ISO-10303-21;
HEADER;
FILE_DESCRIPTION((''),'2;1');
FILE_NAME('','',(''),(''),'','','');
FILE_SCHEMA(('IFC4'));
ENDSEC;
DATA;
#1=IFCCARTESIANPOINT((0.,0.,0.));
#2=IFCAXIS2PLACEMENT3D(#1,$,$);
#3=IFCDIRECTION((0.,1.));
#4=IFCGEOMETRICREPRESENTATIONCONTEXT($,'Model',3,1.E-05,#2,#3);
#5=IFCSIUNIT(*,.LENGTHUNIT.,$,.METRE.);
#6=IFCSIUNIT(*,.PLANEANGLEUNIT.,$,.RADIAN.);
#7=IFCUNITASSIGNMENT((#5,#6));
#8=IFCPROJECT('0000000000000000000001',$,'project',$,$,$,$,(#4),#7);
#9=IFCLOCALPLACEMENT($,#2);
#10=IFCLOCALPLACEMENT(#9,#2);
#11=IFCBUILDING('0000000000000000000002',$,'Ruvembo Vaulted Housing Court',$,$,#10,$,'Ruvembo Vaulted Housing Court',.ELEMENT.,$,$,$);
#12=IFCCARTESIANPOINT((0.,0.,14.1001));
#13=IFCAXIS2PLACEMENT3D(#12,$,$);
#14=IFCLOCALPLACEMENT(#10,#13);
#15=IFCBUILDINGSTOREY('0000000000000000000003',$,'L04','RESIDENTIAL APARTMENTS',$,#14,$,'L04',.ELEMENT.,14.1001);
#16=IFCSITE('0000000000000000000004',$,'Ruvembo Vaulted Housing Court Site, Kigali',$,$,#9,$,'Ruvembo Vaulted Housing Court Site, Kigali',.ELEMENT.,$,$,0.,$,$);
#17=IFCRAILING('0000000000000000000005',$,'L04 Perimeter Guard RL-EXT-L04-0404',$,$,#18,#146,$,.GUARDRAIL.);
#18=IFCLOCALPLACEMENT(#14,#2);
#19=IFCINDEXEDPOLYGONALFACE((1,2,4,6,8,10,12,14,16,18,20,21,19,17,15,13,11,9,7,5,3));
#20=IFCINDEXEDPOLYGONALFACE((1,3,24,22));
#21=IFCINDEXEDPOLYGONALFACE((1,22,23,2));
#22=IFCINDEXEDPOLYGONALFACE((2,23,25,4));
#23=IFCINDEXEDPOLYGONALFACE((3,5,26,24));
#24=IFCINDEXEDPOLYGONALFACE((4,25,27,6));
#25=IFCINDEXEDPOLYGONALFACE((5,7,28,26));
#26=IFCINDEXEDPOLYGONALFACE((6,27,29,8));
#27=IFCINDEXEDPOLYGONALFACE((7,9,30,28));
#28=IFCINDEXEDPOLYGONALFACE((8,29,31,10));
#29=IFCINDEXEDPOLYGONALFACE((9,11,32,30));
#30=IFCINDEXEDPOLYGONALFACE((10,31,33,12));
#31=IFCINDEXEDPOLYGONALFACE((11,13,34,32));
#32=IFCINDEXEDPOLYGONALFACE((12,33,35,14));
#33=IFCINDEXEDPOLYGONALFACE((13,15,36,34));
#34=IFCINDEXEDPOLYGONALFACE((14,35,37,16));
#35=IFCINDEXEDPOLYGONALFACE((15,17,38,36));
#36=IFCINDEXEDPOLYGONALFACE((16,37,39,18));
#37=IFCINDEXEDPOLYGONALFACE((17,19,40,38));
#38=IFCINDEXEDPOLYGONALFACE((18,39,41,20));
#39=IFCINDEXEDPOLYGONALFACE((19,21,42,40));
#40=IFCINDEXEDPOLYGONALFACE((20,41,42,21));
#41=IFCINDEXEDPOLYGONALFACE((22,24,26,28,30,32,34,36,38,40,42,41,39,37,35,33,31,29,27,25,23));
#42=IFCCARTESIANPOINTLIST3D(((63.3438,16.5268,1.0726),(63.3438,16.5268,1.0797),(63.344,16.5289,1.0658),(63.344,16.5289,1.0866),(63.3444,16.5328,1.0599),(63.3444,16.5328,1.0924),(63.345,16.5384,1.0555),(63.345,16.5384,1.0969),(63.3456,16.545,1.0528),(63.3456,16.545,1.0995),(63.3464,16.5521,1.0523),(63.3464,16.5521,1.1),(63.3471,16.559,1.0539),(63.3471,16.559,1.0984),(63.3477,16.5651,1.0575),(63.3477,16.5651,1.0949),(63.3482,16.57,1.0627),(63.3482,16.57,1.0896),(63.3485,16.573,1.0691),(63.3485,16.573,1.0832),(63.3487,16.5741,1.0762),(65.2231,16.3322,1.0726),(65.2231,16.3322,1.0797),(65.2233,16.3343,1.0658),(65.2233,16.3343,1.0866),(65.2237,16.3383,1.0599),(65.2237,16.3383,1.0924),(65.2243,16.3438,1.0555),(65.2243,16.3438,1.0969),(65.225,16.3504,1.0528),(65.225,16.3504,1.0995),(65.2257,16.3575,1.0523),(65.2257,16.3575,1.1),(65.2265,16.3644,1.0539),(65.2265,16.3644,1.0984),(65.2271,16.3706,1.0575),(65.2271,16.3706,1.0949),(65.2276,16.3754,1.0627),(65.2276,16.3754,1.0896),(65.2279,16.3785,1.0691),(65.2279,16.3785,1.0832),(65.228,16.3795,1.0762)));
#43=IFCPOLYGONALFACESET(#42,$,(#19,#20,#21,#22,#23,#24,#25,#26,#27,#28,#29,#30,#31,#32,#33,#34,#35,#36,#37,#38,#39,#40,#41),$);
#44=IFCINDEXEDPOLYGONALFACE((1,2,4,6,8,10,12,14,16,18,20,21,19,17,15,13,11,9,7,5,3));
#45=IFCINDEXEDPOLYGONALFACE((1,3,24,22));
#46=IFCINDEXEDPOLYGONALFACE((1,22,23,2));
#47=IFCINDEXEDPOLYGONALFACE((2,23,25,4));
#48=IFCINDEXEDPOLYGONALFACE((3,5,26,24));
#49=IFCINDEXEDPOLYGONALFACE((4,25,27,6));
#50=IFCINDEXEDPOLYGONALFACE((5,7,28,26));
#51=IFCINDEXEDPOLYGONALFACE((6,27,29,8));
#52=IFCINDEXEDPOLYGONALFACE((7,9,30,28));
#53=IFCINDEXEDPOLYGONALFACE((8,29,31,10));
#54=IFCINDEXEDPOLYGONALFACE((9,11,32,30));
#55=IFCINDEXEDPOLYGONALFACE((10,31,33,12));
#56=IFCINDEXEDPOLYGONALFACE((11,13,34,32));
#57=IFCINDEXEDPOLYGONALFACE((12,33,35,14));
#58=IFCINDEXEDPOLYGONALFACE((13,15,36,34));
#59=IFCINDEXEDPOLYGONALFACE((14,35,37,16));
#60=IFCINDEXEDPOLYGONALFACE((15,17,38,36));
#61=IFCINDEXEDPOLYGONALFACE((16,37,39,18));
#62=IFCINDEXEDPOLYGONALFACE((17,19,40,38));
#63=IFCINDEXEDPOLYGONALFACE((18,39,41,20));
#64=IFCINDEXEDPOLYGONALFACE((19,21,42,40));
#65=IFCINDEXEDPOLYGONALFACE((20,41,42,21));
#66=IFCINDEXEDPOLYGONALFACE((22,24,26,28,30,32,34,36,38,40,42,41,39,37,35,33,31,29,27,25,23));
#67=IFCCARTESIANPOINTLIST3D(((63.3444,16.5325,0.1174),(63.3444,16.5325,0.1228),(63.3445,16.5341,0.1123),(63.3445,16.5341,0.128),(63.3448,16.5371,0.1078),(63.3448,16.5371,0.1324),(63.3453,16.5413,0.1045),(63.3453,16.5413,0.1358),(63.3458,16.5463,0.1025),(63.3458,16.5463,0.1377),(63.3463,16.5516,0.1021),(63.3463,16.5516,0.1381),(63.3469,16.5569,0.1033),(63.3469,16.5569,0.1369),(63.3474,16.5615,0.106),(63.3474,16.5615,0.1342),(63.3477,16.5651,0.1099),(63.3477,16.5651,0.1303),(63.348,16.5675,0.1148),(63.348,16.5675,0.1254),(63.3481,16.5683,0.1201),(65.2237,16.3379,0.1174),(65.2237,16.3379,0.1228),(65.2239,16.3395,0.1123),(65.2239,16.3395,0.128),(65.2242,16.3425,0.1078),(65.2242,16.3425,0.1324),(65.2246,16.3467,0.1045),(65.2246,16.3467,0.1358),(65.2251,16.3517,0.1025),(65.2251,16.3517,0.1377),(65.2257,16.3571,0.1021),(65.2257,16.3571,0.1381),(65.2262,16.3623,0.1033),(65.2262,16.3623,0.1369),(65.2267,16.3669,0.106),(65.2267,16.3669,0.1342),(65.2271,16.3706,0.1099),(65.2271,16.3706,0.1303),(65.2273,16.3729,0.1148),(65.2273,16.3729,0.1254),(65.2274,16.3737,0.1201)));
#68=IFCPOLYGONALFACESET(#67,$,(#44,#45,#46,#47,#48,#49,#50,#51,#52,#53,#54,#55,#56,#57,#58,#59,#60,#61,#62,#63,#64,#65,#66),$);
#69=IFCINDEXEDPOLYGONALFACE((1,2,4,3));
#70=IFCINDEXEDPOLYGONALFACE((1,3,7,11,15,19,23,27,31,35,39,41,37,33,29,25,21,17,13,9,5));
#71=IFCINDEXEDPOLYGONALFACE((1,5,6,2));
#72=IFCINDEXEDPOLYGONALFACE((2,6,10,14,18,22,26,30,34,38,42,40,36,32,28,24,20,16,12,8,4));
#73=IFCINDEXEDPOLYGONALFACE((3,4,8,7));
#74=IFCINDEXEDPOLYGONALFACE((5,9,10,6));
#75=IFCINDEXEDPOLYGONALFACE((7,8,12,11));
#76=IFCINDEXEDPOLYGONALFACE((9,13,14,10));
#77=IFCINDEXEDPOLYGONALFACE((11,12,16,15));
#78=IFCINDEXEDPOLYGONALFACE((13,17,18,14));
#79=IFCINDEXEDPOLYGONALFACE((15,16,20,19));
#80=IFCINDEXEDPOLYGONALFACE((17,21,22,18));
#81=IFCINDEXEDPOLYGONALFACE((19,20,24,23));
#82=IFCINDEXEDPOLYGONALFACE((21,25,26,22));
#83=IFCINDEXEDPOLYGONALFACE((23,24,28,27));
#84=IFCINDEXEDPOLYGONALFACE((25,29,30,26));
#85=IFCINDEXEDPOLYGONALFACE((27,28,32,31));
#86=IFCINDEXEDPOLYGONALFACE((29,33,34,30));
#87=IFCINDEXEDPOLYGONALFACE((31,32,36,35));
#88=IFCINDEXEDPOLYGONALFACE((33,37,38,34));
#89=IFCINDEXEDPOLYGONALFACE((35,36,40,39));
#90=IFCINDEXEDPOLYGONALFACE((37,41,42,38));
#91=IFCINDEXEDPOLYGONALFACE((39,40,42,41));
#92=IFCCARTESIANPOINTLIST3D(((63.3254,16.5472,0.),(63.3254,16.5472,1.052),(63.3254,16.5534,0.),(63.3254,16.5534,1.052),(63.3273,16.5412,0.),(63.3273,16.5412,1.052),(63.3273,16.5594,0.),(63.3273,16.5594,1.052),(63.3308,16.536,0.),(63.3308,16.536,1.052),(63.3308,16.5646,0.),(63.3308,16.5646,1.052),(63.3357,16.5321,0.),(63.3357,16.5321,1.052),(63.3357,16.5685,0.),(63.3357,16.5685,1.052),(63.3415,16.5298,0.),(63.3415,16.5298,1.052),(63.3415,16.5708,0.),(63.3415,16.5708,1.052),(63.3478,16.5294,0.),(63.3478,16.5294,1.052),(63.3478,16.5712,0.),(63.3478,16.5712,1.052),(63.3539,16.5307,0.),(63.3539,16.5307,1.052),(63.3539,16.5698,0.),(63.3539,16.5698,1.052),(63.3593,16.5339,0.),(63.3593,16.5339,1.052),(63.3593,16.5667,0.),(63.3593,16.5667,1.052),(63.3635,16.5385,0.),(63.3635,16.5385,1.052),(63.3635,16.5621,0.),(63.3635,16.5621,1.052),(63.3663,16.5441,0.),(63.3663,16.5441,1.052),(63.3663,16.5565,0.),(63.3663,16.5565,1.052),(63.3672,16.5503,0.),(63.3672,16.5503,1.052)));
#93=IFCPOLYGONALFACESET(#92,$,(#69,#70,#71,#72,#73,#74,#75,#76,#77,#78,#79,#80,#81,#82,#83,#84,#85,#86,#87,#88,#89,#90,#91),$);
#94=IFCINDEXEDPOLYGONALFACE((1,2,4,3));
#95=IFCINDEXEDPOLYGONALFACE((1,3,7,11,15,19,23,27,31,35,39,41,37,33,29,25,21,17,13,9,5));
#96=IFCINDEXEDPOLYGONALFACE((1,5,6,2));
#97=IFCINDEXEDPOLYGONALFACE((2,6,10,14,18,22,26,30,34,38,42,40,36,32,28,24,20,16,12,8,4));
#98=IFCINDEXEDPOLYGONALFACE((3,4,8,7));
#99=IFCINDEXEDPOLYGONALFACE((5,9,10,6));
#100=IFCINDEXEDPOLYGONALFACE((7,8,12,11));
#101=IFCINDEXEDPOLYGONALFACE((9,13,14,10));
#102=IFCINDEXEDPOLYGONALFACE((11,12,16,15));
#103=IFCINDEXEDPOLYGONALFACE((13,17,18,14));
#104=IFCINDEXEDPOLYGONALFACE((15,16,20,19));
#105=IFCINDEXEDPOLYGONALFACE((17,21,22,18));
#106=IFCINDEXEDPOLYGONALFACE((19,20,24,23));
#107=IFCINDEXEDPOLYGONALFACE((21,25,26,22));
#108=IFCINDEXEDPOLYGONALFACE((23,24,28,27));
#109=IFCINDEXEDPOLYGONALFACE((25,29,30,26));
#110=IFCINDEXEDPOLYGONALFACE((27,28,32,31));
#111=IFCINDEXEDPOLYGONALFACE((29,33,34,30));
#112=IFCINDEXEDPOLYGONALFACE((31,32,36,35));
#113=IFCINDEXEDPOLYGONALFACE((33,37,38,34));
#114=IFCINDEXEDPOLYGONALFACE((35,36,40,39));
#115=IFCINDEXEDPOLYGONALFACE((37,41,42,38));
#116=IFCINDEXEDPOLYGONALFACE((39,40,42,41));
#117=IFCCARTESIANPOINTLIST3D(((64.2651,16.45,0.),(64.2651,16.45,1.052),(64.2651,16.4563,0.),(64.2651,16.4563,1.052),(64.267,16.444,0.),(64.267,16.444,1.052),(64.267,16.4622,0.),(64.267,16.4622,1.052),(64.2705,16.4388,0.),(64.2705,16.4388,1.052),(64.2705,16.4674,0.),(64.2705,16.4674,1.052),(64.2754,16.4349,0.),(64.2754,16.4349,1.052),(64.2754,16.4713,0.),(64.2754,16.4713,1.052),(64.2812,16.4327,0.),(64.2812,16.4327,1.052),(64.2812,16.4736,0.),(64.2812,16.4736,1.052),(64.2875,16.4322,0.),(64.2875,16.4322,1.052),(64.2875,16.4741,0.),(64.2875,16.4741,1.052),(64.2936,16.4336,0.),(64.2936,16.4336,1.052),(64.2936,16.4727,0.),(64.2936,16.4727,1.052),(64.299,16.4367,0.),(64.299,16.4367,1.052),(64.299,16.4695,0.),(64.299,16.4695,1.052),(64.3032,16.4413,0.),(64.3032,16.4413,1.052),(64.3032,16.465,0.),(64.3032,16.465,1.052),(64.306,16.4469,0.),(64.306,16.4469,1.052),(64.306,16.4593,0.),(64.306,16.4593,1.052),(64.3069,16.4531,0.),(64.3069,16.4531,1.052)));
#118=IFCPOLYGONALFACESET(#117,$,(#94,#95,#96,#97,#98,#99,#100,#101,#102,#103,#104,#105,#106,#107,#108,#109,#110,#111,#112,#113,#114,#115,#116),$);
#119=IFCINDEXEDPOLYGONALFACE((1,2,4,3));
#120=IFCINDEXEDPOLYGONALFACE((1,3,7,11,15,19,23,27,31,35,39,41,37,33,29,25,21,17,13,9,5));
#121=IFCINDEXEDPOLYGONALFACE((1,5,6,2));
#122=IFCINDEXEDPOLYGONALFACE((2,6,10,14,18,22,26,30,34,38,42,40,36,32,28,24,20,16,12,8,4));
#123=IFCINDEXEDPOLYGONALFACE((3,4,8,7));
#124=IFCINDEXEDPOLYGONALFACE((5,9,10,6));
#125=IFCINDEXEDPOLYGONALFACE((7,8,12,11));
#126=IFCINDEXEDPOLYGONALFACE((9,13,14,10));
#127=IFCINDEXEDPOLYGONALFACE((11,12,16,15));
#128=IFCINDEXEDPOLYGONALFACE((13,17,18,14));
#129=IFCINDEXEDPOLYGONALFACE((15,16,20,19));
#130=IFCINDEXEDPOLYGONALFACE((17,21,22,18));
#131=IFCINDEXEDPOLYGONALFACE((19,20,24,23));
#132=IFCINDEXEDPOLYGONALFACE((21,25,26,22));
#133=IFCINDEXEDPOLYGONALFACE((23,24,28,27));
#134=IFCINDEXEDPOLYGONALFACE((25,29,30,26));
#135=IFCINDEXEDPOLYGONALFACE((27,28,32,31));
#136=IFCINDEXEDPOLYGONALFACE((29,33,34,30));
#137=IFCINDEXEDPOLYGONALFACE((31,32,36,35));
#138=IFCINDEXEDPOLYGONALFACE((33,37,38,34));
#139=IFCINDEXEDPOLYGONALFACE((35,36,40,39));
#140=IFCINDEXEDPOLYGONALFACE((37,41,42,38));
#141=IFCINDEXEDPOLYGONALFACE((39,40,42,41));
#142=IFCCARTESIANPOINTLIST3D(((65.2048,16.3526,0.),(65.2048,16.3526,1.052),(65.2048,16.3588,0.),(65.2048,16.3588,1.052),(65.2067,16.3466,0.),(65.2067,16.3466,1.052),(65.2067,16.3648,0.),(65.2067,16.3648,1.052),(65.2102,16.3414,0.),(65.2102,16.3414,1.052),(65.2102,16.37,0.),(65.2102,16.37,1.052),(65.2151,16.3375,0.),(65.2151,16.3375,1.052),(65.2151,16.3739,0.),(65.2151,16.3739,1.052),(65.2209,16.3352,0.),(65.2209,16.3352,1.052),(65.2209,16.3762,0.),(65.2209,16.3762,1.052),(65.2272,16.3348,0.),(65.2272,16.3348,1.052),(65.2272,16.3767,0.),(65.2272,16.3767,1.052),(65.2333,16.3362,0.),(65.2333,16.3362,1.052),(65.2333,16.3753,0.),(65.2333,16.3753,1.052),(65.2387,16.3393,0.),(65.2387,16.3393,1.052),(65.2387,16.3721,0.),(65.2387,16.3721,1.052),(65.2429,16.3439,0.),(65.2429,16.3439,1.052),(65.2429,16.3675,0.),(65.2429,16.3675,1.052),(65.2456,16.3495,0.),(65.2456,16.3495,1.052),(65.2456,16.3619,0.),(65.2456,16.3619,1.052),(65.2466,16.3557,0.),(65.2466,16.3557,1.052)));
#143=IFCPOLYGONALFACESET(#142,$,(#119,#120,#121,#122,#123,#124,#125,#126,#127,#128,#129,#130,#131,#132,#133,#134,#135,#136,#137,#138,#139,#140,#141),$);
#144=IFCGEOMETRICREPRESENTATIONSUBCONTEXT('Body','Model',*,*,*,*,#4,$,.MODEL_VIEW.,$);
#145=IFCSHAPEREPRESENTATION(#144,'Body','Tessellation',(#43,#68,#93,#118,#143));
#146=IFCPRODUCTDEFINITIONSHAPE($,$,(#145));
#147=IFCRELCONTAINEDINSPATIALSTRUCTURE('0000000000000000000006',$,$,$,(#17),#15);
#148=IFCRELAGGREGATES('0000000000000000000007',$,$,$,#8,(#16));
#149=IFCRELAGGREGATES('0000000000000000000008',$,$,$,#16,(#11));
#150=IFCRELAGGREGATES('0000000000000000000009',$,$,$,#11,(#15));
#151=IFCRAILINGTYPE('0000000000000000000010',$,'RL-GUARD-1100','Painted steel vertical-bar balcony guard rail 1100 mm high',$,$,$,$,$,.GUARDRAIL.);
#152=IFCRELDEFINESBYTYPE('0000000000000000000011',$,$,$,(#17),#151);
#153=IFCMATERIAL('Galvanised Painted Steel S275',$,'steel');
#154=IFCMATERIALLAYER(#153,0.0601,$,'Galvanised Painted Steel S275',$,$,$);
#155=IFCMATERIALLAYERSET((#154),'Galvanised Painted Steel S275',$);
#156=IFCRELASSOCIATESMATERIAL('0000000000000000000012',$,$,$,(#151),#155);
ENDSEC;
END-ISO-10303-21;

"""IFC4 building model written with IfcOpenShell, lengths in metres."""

from ifc_helpers import new_model, si_unit, direction, frame, origin, origin_2d, place, context, subcontext, project, spatial, circle, extrude, material, layer, layer_set, type_object, element, save


model = new_model("IFC4")

# Units and contexts
model_context = context("Model", 3, precision=1e-05, world=origin(), true_north=direction((0.0, 1.0)))
body_context = subcontext(model_context, "Body", "Model", "MODEL_VIEW")
ifc_project = project(units=[si_unit("LENGTHUNIT", "METRE"), si_unit("PLANEANGLEUNIT", "RADIAN")], contexts=[model_context])

# Site, building, storey
site_placement = place(None, origin())
site = spatial("IfcSite", under=ifc_project, at=site_placement, Name="Ruvembo Vaulted Housing Court Site, Kigali", LongName="Ruvembo Vaulted Housing Court Site, Kigali", CompositionType="ELEMENT", RefElevation=0.0)
building_placement = place(site_placement, origin())
building = spatial("IfcBuilding", under=site, at=building_placement, Name="Ruvembo Vaulted Housing Court", LongName="Ruvembo Vaulted Housing Court", CompositionType="ELEMENT")
storey_placement = place(building_placement, frame((0.0, 0.0, 14.1001)))
storey = spatial("IfcBuildingStorey", under=building, at=storey_placement, Name="L04", Description="RESIDENTIAL APARTMENTS", LongName="L04", CompositionType="ELEMENT", Elevation=14.1001)

# Railing
ifc_material_1 = material(Name="Galvanised Painted Steel S275", Category="steel")
ifc_layer = layer(ifc_material_1, 0.0601, Name="Galvanised Painted Steel S275")
ifc_layer_set = layer_set([ifc_layer], Name="Galvanised Painted Steel S275")
railing_type = type_object("IfcRailingType", Name="RL-GUARD-1100", Description="Painted steel vertical-bar balcony guard rail 1100 mm high", PredefinedType="GUARDRAIL", material=ifc_layer_set)
railing_1_placement = place(storey_placement, frame((63.3462, 16.5503, 0.0)))
element("IfcRailing", 1, at=railing_1_placement, inside=storey, type_object=railing_type, Name="L04 Perimeter Guard RL-EXT-L04-0404", PredefinedType="GUARDRAIL", context=body_context, shape_type="SweptSolid", body=[
    extrude(circle(Radius=0.0239, at=origin_2d()), frame((0.0, 0.0, 1.0762), z_axis=(0.994683, -0.102983, 0.0), x_axis=(0.102983, 0.994683, 0.0)), (0.0, 0.0, 1.0), 1.8894),
    extrude(circle(Radius=0.0181, at=origin_2d()), frame((0.0, 0.0, 0.1201), z_axis=(0.994683, -0.102983, 0.0), x_axis=(0.102983, 0.994683, 0.0)), (0.0, 0.0, 1.0), 1.8894),
    extrude(circle(Radius=0.021, at=origin_2d()), origin(), (0.0, 0.0, 1.0), 1.052),
    extrude(circle(Radius=0.021, at=origin_2d()), frame((0.9397, -0.0972, 0.0)), (0.0, 0.0, 1.0), 1.052),
    extrude(circle(Radius=0.021, at=origin_2d()), frame((1.8794, -0.1946, 0.0)), (0.0, 0.0, 1.0), 1.052),
])

save(model, "model.ifc")
